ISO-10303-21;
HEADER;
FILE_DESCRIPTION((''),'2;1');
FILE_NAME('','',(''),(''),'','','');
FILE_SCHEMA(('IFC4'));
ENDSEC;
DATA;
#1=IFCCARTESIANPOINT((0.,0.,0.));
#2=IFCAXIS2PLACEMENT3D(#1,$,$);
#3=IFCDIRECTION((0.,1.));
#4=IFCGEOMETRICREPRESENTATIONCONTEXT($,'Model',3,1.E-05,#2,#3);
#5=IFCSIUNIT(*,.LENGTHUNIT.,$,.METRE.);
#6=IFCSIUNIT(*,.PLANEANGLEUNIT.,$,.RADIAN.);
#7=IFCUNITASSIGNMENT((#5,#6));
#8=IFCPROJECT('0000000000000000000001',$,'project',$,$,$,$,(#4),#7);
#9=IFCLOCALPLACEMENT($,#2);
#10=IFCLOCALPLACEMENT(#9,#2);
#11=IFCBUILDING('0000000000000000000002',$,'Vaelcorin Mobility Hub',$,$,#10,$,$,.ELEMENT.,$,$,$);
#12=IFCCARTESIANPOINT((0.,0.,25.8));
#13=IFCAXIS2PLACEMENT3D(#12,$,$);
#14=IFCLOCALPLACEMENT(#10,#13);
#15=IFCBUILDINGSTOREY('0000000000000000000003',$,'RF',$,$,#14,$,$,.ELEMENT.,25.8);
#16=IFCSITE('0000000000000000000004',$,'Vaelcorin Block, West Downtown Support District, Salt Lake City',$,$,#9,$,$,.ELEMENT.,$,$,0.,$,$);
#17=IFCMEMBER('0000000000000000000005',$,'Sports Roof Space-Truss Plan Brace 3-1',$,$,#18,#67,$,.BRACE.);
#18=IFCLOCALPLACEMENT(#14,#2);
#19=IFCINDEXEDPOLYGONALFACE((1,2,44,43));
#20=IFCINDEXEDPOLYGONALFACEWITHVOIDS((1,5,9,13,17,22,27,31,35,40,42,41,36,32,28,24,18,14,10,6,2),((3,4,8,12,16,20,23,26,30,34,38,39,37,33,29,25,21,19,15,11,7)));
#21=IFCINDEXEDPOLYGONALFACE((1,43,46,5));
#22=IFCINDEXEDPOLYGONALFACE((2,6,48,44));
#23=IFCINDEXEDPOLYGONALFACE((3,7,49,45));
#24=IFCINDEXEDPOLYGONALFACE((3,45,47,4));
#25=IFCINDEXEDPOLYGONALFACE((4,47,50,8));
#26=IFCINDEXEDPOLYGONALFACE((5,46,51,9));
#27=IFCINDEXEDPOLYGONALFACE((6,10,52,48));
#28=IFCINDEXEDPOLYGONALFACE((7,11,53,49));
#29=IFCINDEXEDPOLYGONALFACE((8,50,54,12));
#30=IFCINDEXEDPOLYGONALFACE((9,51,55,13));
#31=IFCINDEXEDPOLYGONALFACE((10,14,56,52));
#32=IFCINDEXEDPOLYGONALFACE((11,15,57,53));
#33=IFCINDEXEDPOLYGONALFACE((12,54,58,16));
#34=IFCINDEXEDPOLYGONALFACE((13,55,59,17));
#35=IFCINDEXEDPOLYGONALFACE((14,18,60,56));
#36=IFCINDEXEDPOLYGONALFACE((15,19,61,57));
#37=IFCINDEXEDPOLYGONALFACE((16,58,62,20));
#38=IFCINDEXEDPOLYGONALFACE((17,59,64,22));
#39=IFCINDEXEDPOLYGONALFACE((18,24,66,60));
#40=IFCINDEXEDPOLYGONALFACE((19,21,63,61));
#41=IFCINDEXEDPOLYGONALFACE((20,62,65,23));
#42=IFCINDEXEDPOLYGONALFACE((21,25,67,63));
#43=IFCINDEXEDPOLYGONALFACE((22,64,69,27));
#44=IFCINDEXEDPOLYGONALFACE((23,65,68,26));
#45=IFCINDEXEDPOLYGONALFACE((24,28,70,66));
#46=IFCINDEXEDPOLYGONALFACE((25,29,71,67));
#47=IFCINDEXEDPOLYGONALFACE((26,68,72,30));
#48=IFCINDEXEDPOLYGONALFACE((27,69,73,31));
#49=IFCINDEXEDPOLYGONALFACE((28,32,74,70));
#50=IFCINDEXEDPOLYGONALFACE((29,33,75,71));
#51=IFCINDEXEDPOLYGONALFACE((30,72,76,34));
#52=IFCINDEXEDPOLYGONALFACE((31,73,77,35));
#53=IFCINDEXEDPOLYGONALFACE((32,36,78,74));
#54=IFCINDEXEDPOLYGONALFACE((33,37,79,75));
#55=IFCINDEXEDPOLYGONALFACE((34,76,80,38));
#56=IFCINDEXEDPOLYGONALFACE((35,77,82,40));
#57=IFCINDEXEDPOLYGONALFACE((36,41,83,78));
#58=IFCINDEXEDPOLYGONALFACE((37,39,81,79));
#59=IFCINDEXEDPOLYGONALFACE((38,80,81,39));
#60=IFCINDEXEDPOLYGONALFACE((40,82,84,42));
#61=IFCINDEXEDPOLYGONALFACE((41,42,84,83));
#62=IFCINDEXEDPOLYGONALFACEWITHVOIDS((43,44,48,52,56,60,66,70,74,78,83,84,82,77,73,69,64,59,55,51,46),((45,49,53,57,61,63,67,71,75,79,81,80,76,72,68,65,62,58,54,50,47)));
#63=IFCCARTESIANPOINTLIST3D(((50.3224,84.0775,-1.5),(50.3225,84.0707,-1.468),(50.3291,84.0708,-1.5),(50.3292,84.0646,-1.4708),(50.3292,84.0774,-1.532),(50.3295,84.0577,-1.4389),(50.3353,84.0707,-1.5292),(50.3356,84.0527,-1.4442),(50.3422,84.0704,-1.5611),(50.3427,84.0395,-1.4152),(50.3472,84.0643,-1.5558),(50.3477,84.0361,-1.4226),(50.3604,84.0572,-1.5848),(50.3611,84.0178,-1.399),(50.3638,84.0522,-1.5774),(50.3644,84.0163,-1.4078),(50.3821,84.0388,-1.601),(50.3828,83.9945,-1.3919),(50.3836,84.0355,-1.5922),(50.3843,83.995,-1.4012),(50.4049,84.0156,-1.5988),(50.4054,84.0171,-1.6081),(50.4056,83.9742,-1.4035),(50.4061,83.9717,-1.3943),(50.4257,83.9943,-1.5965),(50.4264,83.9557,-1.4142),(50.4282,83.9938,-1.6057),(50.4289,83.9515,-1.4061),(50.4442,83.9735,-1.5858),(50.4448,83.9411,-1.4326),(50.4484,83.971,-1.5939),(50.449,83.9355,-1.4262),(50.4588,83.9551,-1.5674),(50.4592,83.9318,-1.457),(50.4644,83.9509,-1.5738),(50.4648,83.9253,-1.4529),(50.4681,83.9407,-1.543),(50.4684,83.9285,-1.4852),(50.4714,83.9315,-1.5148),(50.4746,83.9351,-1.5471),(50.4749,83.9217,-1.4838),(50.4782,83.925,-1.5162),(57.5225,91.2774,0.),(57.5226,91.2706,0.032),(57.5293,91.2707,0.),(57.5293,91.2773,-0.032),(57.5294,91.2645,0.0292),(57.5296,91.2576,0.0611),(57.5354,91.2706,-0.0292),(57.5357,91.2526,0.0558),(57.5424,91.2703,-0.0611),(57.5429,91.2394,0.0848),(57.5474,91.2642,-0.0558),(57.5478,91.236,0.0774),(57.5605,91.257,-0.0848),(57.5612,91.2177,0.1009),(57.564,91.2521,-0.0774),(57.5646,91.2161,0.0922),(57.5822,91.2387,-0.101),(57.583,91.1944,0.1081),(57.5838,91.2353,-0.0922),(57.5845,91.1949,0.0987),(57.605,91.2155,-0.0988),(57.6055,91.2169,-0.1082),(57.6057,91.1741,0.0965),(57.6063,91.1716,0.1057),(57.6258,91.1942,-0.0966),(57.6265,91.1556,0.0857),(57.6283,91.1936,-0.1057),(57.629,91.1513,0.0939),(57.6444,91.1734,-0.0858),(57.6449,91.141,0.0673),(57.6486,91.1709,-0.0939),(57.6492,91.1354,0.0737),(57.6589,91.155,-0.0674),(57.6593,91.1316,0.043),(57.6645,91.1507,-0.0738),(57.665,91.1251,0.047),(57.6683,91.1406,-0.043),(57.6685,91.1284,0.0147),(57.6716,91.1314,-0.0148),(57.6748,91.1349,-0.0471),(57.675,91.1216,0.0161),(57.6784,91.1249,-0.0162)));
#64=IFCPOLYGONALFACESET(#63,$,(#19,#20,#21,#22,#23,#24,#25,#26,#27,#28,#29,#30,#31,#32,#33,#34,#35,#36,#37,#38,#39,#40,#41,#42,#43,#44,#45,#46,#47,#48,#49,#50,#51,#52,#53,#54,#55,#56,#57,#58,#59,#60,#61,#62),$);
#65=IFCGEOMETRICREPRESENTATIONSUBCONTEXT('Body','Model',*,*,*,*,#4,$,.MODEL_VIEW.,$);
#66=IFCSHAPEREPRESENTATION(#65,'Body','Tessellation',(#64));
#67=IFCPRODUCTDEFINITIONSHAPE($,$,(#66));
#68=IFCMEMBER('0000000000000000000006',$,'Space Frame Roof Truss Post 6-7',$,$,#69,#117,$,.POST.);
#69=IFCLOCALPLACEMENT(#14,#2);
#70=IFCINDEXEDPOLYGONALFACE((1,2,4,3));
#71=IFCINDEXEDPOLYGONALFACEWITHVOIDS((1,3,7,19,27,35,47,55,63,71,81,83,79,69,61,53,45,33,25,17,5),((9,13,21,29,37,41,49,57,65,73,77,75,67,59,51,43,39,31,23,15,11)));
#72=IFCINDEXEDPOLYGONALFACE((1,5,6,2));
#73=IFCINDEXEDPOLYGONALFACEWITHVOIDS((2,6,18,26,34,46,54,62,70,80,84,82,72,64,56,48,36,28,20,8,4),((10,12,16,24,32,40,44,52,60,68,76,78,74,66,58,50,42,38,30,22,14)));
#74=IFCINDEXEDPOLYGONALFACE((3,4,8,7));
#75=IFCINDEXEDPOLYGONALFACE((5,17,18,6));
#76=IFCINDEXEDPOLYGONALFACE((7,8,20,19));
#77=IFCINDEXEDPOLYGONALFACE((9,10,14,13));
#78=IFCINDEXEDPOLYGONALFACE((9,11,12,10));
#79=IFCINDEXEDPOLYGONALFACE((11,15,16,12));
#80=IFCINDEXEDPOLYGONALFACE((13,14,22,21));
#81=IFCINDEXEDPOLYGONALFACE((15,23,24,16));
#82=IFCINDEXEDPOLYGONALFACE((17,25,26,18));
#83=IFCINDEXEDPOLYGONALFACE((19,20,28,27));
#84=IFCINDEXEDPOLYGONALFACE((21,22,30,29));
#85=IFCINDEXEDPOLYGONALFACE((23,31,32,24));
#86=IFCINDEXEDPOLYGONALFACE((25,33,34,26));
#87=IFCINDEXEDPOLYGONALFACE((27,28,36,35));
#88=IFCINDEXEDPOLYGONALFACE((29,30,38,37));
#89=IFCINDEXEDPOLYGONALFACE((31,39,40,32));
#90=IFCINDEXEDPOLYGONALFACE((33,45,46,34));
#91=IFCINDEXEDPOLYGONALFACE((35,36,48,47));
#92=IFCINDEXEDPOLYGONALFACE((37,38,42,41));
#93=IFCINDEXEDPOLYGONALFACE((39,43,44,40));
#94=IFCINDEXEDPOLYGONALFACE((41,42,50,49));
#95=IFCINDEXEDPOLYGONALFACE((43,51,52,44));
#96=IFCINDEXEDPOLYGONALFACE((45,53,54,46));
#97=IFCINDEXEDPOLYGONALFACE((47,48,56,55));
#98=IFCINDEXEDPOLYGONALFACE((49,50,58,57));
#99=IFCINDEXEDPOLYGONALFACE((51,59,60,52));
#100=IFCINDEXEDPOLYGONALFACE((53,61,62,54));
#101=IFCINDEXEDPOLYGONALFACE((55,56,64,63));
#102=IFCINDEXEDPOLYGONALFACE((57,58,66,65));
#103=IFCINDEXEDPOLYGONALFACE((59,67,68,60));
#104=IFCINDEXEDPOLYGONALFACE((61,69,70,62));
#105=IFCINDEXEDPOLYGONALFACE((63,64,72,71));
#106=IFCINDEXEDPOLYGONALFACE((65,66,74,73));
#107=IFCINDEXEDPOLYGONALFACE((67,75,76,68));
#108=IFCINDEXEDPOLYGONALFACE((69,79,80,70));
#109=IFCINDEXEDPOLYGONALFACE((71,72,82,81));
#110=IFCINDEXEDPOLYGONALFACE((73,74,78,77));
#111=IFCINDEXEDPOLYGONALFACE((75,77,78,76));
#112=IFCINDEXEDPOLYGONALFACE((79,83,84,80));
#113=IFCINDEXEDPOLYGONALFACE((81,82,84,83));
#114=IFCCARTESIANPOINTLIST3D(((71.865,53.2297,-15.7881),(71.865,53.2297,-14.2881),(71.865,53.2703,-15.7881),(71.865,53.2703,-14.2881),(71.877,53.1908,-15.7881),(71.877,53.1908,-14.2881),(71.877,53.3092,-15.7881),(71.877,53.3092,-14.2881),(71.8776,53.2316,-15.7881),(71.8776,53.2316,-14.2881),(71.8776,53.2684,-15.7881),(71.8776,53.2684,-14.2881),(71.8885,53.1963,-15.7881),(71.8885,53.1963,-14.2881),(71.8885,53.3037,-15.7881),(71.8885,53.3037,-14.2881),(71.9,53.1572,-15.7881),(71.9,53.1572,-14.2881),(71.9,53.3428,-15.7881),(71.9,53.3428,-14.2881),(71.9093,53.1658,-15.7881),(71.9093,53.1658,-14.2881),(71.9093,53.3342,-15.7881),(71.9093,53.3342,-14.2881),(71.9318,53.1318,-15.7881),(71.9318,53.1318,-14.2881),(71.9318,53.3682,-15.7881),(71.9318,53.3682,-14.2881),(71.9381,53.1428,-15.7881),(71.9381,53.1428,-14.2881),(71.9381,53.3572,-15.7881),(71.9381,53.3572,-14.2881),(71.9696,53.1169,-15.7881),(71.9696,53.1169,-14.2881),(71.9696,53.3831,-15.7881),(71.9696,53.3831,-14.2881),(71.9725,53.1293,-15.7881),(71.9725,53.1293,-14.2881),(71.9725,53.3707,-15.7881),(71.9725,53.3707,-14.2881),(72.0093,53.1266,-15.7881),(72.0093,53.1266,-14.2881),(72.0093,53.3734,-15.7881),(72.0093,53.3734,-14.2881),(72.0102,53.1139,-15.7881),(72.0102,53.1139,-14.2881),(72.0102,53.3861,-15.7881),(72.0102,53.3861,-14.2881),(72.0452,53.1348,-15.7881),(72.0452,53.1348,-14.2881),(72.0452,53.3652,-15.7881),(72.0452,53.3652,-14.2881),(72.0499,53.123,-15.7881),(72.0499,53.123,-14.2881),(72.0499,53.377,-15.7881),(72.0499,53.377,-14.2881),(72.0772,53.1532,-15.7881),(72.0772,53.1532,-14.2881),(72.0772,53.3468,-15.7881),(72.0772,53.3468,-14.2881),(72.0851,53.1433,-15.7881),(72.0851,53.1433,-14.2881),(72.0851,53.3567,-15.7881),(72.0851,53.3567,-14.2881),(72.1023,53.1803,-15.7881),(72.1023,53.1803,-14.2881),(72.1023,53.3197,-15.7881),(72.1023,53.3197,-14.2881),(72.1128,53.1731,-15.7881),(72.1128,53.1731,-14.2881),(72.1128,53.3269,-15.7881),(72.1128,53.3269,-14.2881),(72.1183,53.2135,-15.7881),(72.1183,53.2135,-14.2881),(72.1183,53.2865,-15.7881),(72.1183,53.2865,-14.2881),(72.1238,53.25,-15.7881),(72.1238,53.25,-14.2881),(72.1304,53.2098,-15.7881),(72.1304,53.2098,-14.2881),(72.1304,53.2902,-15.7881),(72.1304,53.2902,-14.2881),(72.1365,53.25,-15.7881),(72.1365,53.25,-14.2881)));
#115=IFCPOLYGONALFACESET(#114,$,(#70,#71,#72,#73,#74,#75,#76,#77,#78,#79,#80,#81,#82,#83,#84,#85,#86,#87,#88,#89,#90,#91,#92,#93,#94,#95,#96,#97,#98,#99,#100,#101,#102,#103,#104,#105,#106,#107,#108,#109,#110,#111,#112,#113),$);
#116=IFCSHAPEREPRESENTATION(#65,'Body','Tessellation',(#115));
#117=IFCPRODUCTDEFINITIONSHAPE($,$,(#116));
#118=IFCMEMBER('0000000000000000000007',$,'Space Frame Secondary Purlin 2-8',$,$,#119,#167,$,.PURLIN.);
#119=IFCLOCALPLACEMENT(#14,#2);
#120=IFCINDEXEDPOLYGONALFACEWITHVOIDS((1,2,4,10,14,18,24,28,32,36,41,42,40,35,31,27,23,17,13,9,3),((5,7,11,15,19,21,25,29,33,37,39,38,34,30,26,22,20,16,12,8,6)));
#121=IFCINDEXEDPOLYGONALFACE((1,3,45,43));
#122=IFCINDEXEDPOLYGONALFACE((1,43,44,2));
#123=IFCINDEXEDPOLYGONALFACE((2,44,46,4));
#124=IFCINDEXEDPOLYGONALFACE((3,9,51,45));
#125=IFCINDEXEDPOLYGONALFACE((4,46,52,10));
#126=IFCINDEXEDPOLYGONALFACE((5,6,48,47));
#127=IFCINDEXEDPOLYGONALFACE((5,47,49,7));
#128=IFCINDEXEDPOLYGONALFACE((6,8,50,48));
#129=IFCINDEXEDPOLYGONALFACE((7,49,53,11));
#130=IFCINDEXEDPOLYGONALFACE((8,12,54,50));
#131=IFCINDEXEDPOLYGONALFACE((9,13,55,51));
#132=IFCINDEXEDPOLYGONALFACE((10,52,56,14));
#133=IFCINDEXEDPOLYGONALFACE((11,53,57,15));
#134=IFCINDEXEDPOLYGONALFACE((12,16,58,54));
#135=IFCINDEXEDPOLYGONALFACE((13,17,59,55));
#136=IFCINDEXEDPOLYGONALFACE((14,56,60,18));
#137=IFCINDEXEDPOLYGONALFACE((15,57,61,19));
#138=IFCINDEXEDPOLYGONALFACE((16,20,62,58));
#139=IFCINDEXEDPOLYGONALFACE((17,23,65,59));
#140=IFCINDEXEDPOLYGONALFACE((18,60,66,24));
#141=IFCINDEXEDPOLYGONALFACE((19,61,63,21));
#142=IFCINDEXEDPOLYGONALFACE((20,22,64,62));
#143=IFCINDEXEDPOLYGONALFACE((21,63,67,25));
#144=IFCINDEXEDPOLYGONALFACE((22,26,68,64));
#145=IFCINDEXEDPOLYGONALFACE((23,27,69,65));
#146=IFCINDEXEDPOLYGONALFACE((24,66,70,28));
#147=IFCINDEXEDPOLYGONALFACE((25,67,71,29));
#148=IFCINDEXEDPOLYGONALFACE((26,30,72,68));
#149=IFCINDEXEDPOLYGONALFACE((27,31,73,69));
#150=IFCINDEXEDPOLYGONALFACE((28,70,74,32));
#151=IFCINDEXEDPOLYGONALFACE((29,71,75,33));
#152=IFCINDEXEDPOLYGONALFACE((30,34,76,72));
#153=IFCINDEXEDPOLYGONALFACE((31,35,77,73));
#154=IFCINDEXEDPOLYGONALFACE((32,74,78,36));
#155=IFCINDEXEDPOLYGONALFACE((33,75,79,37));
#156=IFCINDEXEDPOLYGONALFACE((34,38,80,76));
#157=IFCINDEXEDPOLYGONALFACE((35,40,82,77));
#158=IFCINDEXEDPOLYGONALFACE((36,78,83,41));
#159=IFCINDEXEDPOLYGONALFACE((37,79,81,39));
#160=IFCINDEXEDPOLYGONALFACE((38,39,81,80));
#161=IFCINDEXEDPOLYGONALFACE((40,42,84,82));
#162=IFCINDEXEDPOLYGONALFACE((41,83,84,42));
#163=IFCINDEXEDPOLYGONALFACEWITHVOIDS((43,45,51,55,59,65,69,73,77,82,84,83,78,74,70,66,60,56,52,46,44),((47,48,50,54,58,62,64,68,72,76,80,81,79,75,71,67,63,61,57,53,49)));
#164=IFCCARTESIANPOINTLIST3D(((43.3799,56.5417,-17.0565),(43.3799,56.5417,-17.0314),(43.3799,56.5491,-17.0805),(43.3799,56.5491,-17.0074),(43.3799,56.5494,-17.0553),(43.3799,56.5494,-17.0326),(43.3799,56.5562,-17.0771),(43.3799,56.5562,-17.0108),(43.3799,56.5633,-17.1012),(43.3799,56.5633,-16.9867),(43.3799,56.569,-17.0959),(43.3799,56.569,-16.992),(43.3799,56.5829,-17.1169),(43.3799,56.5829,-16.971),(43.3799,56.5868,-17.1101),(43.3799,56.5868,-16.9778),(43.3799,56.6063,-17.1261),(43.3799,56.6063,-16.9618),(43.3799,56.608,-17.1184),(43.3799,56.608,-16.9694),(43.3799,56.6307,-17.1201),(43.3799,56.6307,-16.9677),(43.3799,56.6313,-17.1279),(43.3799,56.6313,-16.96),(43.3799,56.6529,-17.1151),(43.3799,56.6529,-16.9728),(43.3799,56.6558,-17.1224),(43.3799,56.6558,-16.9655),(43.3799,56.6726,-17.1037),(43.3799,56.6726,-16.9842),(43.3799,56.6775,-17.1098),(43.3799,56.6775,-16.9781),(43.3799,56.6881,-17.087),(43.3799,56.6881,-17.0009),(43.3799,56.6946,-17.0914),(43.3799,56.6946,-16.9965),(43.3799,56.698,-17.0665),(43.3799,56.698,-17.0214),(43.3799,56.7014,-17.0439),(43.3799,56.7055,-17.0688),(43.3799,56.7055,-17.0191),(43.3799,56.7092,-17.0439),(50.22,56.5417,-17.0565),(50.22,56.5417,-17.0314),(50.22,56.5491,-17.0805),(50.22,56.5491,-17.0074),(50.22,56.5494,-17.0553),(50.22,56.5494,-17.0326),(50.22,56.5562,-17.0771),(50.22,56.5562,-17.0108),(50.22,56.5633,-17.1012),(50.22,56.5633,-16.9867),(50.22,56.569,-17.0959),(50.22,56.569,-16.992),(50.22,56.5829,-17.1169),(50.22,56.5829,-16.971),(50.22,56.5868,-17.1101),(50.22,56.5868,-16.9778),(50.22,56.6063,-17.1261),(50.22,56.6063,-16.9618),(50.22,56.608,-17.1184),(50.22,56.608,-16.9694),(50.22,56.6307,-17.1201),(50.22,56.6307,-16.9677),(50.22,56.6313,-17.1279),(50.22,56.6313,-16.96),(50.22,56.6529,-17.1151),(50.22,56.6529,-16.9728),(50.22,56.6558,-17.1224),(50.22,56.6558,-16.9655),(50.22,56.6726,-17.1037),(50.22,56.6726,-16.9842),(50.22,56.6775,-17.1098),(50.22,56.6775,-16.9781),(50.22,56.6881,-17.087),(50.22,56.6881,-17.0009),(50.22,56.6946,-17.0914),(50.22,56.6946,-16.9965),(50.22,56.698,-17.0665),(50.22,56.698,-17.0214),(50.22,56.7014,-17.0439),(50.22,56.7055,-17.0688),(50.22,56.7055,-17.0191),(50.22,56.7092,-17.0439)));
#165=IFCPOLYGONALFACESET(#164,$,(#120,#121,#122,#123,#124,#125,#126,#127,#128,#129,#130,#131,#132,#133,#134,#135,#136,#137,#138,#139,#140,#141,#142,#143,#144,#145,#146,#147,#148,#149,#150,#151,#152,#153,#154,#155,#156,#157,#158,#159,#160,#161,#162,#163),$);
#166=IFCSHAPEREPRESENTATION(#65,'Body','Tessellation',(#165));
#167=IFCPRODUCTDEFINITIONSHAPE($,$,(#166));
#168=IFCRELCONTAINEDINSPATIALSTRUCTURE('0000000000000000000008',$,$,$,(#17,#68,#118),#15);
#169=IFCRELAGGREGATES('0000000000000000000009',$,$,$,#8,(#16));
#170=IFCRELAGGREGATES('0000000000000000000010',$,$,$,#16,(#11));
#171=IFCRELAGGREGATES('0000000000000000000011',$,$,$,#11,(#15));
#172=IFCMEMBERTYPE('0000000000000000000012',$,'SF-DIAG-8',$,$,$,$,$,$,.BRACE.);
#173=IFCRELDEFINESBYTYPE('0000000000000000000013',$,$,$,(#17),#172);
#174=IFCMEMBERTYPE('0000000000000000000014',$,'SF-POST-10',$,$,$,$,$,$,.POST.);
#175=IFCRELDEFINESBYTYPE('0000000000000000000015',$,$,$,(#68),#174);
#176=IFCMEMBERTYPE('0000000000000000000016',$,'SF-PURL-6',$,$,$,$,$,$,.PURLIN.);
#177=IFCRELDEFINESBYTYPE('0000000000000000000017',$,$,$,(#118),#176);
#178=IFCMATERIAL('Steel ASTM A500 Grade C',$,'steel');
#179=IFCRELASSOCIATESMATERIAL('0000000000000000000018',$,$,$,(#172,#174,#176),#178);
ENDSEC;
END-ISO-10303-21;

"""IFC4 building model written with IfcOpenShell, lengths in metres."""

from ifc_helpers import new_model, si_unit, direction, frame, origin, origin_2d, place, context, subcontext, project, spatial, hollow_circle, extrude, material, material_profile, profile_set, type_object, element, save


model = new_model("IFC4")

# Units and contexts
model_context = context("Model", 3, precision=1e-05, world=origin(), true_north=direction((0.0, 1.0)))
body_context = subcontext(model_context, "Body", "Model", "MODEL_VIEW")
ifc_project = project(units=[si_unit("LENGTHUNIT", "METRE"), si_unit("PLANEANGLEUNIT", "RADIAN")], contexts=[model_context])

# Site, building, storey
site_placement = place(None, origin())
site = spatial("IfcSite", under=ifc_project, at=site_placement, Name="Vaelcorin Block, West Downtown Support District, Salt Lake City", CompositionType="ELEMENT", RefElevation=0.0)
building_placement = place(site_placement, origin())
building = spatial("IfcBuilding", under=site, at=building_placement, Name="Vaelcorin Mobility Hub", CompositionType="ELEMENT")
storey_placement = place(building_placement, frame((0.0, 0.0, 25.8)))
storey = spatial("IfcBuildingStorey", under=building, at=storey_placement, Name="RF", CompositionType="ELEMENT", Elevation=25.8)

# Members
ifc_material_1 = material(Name="Steel ASTM A500 Grade C", Category="steel")
ifc_material_profile_1 = material_profile(ifc_material_1, hollow_circle(Radius=0.1096, WallThickness=0.0095, at=origin_2d()), Name="HSS8.625X0.375")
ifc_profile_set_1 = profile_set([ifc_material_profile_1], Name="Steel ASTM A500 Grade C")
member_type_1 = type_object("IfcMemberType", Name="SF-DIAG-8", PredefinedType="BRACE", material=ifc_profile_set_1)
member_1_placement = place(storey_placement, frame((50.3999, 84.0, -1.5), z_axis=(0.699569, 0.699545, 0.14574), x_axis=(-0.707095, 0.707119, 0.0)))
element("IfcMember", 1, at=member_1_placement, inside=storey, type_object=member_type_1, Name="Sports Roof Space-Truss Plan Brace 3-1", PredefinedType="BRACE", context=body_context, shape_type="SweptSolid", body=[
    extrude(hollow_circle(Radius=0.1096, WallThickness=0.0095, at=origin_2d()), origin(), (0.0, 0.0, 1.0), 10.2922),
])
ifc_material_profile_2 = material_profile(ifc_material_1, hollow_circle(Radius=0.1365, WallThickness=0.0127, at=origin_2d()), Name="HSS10.750X0.500")
ifc_profile_set_2 = profile_set([ifc_material_profile_2], Name="Steel ASTM A500 Grade C")
member_type_2 = type_object("IfcMemberType", Name="SF-POST-10", PredefinedType="POST", material=ifc_profile_set_2)
member_2_placement = place(storey_placement, frame((72.0, 53.25, -15.7881), z_axis=(0.0, 0.0, 1.0), x_axis=(1.0, 0.0, 0.0)))
element("IfcMember", 2, at=member_2_placement, inside=storey, type_object=member_type_2, Name="Space Frame Roof Truss Post 6-7", PredefinedType="POST", context=body_context, shape_type="SweptSolid", body=[
    extrude(hollow_circle(Radius=0.1365, WallThickness=0.0127, at=origin_2d()), origin(), (0.0, 0.0, 1.0), 1.5),
])
ifc_material_profile_3 = material_profile(ifc_material_1, hollow_circle(Radius=0.0842, WallThickness=0.0078, at=origin_2d()), Name="HSS6.625X0.312")
ifc_profile_set_3 = profile_set([ifc_material_profile_3], Name="Steel ASTM A500 Grade C")
member_type_3 = type_object("IfcMemberType", Name="SF-PURL-6", PredefinedType="PURLIN", material=ifc_profile_set_3)
member_3_placement = place(storey_placement, frame((43.3799, 56.625, -17.0439), z_axis=(1.0, 0.0, 0.0), x_axis=(0.0, 1.0, 0.0)))
element("IfcMember", 3, at=member_3_placement, inside=storey, type_object=member_type_3, Name="Space Frame Secondary Purlin 2-8", PredefinedType="PURLIN", context=body_context, shape_type="SweptSolid", body=[
    extrude(hollow_circle(Radius=0.0842, WallThickness=0.0078, at=origin_2d()), origin(), (0.0, 0.0, 1.0), 6.8401),
])

save(model, "model.ifc")
